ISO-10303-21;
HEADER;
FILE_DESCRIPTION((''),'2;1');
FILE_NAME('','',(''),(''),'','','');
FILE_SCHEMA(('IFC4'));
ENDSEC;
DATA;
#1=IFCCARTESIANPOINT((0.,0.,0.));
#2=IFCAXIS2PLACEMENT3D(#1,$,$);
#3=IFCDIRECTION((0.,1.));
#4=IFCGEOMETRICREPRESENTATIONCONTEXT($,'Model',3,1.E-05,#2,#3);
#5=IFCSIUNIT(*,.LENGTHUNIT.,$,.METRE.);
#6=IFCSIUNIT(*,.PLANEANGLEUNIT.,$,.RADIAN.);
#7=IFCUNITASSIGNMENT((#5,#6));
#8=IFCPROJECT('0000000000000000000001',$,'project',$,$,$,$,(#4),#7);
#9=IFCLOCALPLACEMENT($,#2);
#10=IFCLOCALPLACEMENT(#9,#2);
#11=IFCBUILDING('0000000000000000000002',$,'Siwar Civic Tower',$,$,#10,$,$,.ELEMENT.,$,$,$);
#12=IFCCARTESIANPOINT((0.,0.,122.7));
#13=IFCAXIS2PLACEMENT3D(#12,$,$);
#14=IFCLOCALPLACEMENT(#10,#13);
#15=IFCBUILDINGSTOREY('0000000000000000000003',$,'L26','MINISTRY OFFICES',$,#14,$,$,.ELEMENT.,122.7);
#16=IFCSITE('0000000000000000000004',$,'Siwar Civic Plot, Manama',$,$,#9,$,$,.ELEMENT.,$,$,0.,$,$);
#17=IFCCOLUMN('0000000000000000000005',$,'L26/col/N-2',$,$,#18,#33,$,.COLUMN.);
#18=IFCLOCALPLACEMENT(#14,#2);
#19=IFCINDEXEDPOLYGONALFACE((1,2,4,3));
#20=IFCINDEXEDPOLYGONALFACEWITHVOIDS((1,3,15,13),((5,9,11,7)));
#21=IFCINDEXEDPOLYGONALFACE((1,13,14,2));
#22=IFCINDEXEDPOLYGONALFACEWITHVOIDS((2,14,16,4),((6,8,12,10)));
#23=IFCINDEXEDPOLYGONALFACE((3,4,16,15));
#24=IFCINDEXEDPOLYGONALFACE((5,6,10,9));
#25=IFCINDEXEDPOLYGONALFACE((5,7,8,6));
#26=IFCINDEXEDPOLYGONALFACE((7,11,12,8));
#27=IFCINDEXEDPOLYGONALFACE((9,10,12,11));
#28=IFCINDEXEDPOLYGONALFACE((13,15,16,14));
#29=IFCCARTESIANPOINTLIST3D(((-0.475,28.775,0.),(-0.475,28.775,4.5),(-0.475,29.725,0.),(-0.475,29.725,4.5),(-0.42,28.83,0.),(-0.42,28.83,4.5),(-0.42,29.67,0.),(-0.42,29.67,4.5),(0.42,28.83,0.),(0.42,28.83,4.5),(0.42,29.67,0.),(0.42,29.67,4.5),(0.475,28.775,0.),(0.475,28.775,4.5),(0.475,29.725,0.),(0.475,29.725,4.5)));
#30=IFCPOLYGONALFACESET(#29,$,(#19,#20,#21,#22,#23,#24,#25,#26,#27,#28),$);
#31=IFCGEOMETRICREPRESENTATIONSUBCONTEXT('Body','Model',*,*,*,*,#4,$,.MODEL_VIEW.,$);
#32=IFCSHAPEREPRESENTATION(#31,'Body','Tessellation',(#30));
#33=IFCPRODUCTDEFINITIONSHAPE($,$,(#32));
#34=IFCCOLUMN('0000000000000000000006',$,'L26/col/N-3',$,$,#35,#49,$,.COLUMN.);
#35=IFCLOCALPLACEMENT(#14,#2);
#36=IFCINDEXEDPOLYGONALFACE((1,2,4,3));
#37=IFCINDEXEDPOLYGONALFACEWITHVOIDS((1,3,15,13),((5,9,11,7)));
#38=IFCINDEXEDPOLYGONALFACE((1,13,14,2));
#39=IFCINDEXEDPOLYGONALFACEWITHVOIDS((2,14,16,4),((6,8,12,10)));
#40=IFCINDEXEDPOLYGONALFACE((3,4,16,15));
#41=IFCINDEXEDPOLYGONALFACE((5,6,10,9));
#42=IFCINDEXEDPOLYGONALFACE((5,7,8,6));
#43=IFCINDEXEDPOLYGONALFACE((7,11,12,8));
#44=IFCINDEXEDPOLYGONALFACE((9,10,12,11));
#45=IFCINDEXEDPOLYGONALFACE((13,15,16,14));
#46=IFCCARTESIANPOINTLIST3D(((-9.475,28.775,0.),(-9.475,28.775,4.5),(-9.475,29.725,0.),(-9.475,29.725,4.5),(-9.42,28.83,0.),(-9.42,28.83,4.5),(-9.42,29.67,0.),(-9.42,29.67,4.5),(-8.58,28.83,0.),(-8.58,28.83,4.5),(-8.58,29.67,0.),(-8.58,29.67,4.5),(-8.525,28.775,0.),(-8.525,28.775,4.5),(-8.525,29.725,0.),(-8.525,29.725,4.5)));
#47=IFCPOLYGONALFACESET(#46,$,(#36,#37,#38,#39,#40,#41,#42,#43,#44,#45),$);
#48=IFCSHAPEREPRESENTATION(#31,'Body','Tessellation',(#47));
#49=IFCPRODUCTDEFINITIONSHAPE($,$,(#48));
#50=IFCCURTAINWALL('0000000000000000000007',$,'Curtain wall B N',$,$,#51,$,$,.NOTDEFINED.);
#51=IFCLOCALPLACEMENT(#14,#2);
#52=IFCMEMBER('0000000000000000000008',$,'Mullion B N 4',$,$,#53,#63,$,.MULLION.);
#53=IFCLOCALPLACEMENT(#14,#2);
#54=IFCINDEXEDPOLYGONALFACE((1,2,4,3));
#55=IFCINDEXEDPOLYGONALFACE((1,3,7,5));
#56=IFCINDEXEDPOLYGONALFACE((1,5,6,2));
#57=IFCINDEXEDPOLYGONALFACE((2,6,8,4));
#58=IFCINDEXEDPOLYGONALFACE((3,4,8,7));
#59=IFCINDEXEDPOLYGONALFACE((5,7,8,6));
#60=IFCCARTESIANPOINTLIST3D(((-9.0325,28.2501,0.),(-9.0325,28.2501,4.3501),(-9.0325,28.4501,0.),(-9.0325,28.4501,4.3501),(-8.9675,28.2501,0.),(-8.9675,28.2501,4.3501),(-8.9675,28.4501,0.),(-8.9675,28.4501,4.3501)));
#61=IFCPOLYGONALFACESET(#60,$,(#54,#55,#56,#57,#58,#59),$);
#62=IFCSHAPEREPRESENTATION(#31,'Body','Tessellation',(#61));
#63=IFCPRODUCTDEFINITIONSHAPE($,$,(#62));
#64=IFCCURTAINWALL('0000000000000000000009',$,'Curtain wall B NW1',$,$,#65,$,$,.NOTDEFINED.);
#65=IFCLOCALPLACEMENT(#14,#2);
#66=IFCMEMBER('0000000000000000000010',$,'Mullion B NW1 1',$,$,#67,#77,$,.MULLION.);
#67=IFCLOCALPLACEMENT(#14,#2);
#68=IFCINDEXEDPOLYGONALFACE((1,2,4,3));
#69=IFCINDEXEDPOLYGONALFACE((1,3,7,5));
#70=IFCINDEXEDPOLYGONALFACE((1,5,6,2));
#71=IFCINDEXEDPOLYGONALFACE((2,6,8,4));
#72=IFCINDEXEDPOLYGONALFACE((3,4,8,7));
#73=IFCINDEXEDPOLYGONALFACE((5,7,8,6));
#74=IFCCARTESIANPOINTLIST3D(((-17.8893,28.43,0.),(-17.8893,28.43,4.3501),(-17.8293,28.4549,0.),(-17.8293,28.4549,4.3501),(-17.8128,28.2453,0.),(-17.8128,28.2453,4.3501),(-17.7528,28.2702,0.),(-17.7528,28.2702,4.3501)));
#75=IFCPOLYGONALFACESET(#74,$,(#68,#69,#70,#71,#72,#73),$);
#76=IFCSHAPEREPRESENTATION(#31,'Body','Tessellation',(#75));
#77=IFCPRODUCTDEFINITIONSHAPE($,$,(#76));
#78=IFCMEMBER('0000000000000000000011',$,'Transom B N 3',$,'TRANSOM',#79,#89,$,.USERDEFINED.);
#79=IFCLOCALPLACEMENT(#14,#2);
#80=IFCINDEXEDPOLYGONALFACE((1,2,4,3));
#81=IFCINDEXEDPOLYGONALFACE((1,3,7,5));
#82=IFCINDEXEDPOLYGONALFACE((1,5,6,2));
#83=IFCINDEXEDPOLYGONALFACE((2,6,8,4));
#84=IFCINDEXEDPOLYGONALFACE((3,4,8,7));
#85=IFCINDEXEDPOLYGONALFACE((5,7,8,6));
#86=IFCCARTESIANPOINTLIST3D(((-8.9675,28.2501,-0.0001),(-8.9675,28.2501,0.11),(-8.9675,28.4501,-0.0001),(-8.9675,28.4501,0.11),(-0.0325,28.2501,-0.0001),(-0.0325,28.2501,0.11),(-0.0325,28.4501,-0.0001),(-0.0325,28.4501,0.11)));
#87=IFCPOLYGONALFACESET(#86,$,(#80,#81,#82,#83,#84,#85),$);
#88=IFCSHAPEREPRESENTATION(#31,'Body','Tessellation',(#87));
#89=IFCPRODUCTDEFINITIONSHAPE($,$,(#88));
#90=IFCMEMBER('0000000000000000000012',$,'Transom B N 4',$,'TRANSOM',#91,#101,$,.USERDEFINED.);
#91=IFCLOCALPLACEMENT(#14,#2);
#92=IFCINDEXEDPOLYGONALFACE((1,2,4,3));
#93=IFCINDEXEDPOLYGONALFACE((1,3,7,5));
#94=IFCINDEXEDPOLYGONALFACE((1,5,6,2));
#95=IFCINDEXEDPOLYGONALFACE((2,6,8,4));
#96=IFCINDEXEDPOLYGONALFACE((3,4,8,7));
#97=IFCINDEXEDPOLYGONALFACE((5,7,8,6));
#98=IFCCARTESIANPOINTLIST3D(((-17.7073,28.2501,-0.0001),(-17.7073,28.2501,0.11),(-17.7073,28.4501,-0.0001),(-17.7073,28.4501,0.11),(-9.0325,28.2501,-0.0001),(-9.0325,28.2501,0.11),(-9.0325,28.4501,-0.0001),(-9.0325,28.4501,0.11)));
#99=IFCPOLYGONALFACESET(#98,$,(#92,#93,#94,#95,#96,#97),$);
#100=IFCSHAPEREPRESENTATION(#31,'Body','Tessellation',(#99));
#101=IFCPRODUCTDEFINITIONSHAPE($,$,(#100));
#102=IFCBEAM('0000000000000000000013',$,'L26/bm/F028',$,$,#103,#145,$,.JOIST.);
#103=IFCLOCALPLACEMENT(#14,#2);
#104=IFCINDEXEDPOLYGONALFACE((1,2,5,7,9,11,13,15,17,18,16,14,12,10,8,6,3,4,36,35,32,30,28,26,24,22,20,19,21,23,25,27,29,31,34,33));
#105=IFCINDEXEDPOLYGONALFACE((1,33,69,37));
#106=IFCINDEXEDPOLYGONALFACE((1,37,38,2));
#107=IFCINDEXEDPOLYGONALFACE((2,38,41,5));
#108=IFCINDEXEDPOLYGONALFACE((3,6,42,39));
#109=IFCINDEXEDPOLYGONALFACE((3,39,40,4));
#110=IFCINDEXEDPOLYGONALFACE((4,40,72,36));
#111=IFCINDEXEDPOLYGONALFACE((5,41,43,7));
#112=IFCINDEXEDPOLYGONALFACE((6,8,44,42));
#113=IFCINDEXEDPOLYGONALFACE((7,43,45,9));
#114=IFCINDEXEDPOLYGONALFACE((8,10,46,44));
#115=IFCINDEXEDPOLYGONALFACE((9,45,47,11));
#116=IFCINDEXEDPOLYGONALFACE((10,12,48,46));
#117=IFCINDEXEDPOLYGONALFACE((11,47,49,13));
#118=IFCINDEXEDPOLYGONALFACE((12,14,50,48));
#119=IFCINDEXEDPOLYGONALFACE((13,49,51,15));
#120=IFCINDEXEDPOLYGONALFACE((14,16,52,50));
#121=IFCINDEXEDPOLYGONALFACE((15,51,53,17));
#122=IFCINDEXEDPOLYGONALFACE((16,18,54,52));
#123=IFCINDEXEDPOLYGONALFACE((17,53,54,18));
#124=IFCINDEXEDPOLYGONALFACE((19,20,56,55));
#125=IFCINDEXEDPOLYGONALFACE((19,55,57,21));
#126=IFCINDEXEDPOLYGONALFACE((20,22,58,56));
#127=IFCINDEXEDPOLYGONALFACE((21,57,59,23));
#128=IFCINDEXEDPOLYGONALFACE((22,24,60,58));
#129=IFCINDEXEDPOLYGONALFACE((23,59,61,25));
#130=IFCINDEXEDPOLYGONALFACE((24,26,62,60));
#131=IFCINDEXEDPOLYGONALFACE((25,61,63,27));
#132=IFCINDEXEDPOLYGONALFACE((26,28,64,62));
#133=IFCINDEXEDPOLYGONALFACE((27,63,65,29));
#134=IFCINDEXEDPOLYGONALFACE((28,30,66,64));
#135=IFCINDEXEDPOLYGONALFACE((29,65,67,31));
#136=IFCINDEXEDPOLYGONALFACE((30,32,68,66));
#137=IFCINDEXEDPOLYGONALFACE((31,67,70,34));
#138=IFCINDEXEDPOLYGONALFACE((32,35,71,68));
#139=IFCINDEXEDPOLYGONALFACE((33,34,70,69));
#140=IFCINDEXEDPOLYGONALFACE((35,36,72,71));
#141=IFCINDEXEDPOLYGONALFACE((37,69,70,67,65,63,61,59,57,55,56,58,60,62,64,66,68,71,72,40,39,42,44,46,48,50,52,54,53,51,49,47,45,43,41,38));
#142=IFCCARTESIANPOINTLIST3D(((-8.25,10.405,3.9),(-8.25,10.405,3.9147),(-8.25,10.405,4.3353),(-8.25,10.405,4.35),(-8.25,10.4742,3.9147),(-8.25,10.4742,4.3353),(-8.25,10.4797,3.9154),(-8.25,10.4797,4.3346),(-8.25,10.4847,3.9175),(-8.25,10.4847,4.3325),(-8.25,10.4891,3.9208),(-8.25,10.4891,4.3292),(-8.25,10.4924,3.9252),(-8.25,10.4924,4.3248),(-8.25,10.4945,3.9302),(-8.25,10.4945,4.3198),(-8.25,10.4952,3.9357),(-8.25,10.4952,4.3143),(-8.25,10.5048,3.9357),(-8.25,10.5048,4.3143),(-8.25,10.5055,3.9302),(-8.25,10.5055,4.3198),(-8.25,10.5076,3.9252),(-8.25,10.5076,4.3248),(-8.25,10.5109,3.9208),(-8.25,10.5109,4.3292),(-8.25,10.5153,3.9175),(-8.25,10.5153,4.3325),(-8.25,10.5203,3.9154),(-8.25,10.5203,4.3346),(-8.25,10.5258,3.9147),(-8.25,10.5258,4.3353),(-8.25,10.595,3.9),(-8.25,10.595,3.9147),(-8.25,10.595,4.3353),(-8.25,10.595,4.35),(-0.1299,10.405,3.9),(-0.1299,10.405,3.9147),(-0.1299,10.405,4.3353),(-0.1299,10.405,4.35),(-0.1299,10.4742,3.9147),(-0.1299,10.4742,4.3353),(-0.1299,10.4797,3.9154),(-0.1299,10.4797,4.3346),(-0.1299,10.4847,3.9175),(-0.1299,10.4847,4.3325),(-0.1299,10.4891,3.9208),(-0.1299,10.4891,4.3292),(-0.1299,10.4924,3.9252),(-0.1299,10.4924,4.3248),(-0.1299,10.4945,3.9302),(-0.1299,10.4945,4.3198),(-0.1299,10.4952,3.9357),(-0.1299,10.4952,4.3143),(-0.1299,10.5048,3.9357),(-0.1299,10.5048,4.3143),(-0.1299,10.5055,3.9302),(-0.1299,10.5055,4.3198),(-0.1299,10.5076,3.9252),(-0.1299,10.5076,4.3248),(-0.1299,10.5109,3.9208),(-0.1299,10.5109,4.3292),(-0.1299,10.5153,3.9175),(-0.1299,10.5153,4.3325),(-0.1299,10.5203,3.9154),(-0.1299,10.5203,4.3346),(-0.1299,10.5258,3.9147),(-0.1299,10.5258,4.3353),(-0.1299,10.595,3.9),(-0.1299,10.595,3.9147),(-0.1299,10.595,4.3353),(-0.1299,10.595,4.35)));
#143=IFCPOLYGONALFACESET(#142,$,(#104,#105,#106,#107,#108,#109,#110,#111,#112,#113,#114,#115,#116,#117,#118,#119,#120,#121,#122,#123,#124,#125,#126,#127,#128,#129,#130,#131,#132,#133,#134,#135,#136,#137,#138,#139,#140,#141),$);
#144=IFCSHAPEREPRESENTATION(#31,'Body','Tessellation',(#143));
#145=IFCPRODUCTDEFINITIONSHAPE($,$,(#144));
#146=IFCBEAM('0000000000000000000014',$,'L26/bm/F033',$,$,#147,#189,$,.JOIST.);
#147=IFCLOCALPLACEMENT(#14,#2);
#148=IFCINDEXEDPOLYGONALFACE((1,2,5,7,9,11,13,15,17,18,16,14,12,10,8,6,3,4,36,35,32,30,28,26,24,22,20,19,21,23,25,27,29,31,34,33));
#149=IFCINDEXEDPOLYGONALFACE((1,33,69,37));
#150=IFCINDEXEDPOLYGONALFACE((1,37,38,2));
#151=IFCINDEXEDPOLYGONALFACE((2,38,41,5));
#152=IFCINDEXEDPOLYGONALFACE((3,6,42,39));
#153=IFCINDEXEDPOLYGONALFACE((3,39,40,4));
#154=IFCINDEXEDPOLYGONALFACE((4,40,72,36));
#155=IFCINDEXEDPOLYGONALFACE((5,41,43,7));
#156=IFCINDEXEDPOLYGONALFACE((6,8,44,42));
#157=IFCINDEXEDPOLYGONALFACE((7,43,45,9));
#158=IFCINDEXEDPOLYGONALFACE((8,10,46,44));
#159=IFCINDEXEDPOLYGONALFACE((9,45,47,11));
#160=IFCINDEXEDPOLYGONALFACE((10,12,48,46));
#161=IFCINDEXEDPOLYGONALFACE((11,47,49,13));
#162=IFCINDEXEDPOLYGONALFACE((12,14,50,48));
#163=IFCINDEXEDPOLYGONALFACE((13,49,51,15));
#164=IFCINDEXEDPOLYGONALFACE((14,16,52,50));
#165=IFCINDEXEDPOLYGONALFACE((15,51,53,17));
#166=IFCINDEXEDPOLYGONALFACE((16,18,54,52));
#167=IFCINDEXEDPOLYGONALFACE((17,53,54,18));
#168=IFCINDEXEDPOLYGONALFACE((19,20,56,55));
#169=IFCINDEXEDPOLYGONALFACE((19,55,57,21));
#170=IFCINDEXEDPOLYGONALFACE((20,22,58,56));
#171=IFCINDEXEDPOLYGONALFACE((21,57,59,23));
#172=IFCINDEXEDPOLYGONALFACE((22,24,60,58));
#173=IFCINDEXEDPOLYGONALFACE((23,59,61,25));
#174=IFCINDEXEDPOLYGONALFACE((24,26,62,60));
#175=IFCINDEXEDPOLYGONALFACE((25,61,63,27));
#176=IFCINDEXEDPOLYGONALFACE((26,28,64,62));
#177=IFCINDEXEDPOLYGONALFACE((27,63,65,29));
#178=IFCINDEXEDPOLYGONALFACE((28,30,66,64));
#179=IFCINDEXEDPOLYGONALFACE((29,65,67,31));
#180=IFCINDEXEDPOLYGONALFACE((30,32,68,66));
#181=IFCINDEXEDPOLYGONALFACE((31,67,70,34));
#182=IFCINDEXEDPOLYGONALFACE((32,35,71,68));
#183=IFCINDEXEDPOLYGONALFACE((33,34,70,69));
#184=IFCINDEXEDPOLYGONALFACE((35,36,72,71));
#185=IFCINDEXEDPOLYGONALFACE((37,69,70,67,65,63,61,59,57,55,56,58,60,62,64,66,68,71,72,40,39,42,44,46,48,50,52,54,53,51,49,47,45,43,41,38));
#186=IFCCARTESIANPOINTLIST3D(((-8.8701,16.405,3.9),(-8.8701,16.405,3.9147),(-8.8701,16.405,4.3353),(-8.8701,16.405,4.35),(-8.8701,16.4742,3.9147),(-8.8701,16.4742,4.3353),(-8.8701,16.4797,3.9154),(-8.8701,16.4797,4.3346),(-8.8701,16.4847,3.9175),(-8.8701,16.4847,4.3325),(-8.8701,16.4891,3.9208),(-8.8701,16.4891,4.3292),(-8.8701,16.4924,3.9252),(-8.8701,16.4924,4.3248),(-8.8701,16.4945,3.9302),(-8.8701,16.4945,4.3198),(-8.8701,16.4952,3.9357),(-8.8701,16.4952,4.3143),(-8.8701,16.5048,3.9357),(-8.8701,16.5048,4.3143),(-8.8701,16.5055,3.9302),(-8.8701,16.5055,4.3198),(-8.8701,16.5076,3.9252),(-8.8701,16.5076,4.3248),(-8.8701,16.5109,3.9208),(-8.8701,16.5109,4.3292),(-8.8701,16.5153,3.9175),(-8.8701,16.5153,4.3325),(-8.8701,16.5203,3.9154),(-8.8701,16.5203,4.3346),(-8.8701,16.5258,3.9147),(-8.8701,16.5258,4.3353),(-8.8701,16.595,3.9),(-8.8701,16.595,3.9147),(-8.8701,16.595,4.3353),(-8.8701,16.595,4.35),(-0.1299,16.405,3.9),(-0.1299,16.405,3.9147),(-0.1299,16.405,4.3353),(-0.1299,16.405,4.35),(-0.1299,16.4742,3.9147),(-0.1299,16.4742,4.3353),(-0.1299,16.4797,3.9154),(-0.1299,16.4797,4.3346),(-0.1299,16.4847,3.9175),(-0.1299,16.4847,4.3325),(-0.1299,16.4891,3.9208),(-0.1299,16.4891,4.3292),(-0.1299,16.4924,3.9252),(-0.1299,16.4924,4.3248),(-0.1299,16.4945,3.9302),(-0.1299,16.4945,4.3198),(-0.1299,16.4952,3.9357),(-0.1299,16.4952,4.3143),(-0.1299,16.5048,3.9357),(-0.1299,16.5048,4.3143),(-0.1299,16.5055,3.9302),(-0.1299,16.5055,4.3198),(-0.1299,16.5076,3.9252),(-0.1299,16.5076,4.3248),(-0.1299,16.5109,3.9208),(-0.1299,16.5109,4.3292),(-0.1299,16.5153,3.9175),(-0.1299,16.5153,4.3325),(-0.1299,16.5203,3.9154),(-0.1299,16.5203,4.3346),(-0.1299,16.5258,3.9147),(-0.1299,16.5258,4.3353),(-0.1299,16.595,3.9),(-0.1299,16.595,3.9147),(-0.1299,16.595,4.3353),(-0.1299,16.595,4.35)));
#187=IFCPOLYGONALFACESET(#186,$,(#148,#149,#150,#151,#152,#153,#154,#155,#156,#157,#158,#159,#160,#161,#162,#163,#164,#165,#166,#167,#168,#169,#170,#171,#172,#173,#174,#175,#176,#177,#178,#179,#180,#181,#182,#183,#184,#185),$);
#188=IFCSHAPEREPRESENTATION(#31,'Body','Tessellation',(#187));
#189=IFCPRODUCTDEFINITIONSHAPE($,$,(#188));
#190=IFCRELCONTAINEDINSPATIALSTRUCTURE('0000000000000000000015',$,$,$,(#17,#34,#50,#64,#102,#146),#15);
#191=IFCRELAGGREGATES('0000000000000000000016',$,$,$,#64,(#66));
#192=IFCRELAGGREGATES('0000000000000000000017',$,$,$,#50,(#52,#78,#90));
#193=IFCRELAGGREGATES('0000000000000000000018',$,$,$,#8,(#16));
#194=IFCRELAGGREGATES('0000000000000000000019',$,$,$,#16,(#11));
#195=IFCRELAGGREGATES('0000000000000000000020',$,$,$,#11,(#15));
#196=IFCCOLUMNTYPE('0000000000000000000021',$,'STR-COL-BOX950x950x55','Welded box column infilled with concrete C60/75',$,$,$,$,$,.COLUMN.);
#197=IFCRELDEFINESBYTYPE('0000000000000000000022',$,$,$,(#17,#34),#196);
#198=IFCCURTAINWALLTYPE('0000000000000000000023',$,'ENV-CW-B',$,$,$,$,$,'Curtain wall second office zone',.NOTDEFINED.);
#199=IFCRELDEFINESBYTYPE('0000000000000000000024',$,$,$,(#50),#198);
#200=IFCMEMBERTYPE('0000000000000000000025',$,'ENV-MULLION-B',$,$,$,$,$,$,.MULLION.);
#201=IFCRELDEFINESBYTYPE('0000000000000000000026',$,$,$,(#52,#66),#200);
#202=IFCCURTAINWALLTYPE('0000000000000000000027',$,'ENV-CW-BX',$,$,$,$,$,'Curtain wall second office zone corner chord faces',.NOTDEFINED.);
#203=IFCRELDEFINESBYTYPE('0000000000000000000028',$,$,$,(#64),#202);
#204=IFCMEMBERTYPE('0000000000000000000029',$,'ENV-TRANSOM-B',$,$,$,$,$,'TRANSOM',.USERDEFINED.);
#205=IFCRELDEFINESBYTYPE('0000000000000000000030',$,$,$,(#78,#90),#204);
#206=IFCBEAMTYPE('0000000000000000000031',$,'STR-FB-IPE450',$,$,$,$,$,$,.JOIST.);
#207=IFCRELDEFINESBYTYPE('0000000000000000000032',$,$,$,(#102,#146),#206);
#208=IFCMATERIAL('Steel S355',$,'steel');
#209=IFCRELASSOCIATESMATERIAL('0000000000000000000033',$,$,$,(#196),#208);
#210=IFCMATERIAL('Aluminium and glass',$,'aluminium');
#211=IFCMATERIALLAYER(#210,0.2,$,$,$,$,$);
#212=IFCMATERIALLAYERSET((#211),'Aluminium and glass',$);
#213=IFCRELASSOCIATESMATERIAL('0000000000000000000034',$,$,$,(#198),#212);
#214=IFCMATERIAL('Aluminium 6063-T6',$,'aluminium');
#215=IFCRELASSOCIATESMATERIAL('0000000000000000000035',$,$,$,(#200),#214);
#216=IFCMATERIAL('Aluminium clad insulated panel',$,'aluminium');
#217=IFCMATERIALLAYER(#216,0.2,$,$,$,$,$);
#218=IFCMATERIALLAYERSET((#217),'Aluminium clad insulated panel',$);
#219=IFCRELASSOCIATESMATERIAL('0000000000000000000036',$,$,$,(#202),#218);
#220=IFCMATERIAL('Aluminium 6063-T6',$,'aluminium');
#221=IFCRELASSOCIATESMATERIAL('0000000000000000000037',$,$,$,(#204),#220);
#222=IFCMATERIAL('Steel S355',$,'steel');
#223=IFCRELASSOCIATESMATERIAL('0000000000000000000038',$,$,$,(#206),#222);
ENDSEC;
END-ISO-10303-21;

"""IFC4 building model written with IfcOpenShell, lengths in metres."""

from ifc_helpers import new_model, si_unit, direction, frame, origin, origin_2d, place, context, subcontext, project, spatial, rectangle, hollow_rectangle, i_section, extrude, material, layer, layer_set, material_profile, profile_set, type_object, element, aggregate, save


model = new_model("IFC4")

# Units and contexts
model_context = context("Model", 3, precision=1e-05, world=origin(), true_north=direction((0.0, 1.0)))
body_context = subcontext(model_context, "Body", "Model", "MODEL_VIEW")
ifc_project = project(units=[si_unit("LENGTHUNIT", "METRE"), si_unit("PLANEANGLEUNIT", "RADIAN")], contexts=[model_context])

# Site, building, storey
site_placement = place(None, origin())
site = spatial("IfcSite", under=ifc_project, at=site_placement, Name="Siwar Civic Plot, Manama", CompositionType="ELEMENT", RefElevation=0.0)
building_placement = place(site_placement, origin())
building = spatial("IfcBuilding", under=site, at=building_placement, Name="Siwar Civic Tower", CompositionType="ELEMENT")
storey_placement = place(building_placement, frame((0.0, 0.0, 122.7)))
storey = spatial("IfcBuildingStorey", under=building, at=storey_placement, Name="L26", Description="MINISTRY OFFICES", CompositionType="ELEMENT", Elevation=122.7)

# Columns
ifc_material_1 = material(Name="Steel S355", Category="steel")
ifc_material_profile_1 = material_profile(ifc_material_1, hollow_rectangle(XDim=0.95, YDim=0.95, WallThickness=0.0549, at=origin_2d()), Name="BOX950x950x55")
ifc_profile_set_1 = profile_set([ifc_material_profile_1], Name="Steel S355")
column_type = type_object("IfcColumnType", Name="STR-COL-BOX950x950x55", Description="Welded box column infilled with concrete C60/75", PredefinedType="COLUMN", material=ifc_profile_set_1)
for number, where, z_axis, x_axis, name in (
    (1, (0.0, 29.25, 0.0), (0.0, 0.0, 1.0), (1.0, 0.0, 0.0), "L26/col/N-2"),
    (2, (-9.0, 29.25, 0.0), (0.0, 0.0, 1.0), (1.0, 0.0, 0.0), "L26/col/N-3"),
):
    element("IfcColumn", number, at=place(storey_placement, frame(where, z_axis=z_axis, x_axis=x_axis)), inside=storey, type_object=column_type, Name=name, PredefinedType="COLUMN", context=body_context, shape_type="SweptSolid", body=[
        extrude(hollow_rectangle(XDim=0.95, YDim=0.95, WallThickness=0.0549, at=origin_2d()), origin(), (0.0, 0.0, 1.0), 4.5),
    ])

# Curtain walls, members
ifc_material_2 = material(Name="Aluminium and glass", Category="aluminium")
ifc_layer_1 = layer(ifc_material_2, 0.2)
ifc_layer_set_1 = layer_set([ifc_layer_1], Name="Aluminium and glass")
curtain_wall_type_1 = type_object("IfcCurtainWallType", Name="ENV-CW-B", ElementType="Curtain wall second office zone", PredefinedType="NOTDEFINED", material=ifc_layer_set_1)
curtain_wall_1_placement = place(storey_placement, origin())
curtain_wall_1 = element("IfcCurtainWall", 3, at=curtain_wall_1_placement, inside=storey, type_object=curtain_wall_type_1, Name="Curtain wall B N", PredefinedType="NOTDEFINED")
ifc_material_3 = material(Name="Aluminium 6063-T6", Category="aluminium")
ifc_material_profile_2 = material_profile(ifc_material_3, rectangle(XDim=0.2, YDim=0.0649, at=origin_2d()), Name="AL 200x65")
ifc_profile_set_2 = profile_set([ifc_material_profile_2], Name="Aluminium 6063-T6")
member_type_1 = type_object("IfcMemberType", Name="ENV-MULLION-B", PredefinedType="MULLION", material=ifc_profile_set_2)
member_1_placement = place(storey_placement, frame((-9.0, 28.3501, 0.0), z_axis=(0.0, 0.0, 1.0), x_axis=(0.0, -1.0, 0.0)))
member_1 = element("IfcMember", 4, at=member_1_placement, type_object=member_type_1, Name="Mullion B N 4", PredefinedType="MULLION", context=body_context, shape_type="SweptSolid", body=[
    extrude(rectangle(XDim=0.2, YDim=0.0649, at=origin_2d()), origin(), (0.0, 0.0, 1.0), 4.3501),
])
ifc_material_4 = material(Name="Aluminium clad insulated panel", Category="aluminium")
ifc_layer_2 = layer(ifc_material_4, 0.2)
ifc_layer_set_2 = layer_set([ifc_layer_2], Name="Aluminium clad insulated panel")
curtain_wall_type_2 = type_object("IfcCurtainWallType", Name="ENV-CW-BX", ElementType="Curtain wall second office zone corner chord faces", PredefinedType="NOTDEFINED", material=ifc_layer_set_2)
curtain_wall_2_placement = place(storey_placement, origin())
curtain_wall_2 = element("IfcCurtainWall", 5, at=curtain_wall_2_placement, inside=storey, type_object=curtain_wall_type_2, Name="Curtain wall B NW1", PredefinedType="NOTDEFINED")
member_2_placement = place(storey_placement, frame((-17.821, 28.3501, 0.0), z_axis=(0.0, 0.0, 1.0), x_axis=(0.382683, -0.92388, 0.0)))
member_2 = element("IfcMember", 6, at=member_2_placement, type_object=member_type_1, Name="Mullion B NW1 1", PredefinedType="MULLION", context=body_context, shape_type="SweptSolid", body=[
    extrude(rectangle(XDim=0.2, YDim=0.0649, at=origin_2d()), origin(), (0.0, 0.0, 1.0), 4.3501),
])
aggregate(curtain_wall_2, [member_2])

# Members
ifc_material_5 = material(Name="Aluminium 6063-T6", Category="aluminium")
ifc_material_profile_3 = material_profile(ifc_material_5, rectangle(XDim=0.2, YDim=0.1101, at=origin_2d()), Name="AL 200x110")
ifc_profile_set_3 = profile_set([ifc_material_profile_3], Name="Aluminium 6063-T6")
member_type_2 = type_object("IfcMemberType", Name="ENV-TRANSOM-B", ElementType="TRANSOM", PredefinedType="USERDEFINED", material=ifc_profile_set_3)
member_3_placement = place(storey_placement, frame((-0.0325, 28.3501, 0.0549), z_axis=(-1.0, 0.0, 0.0), x_axis=(0.0, -1.0, 0.0)))
member_3 = element("IfcMember", 7, at=member_3_placement, type_object=member_type_2, Name="Transom B N 3", ObjectType="TRANSOM", PredefinedType="USERDEFINED", context=body_context, shape_type="SweptSolid", body=[
    extrude(rectangle(XDim=0.2, YDim=0.1101, at=origin_2d()), origin(), (0.0, 0.0, 1.0), 8.9351),
])
member_4_placement = place(storey_placement, frame((-9.0325, 28.3501, 0.0549), z_axis=(-1.0, 0.0, 0.0), x_axis=(0.0, -1.0, 0.0)))
member_4 = element("IfcMember", 8, at=member_4_placement, type_object=member_type_2, Name="Transom B N 4", ObjectType="TRANSOM", PredefinedType="USERDEFINED", context=body_context, shape_type="SweptSolid", body=[
    extrude(rectangle(XDim=0.2, YDim=0.1101, at=origin_2d()), origin(), (0.0, 0.0, 1.0), 8.6748),
])

# Beams
ifc_material_6 = material(Name="Steel S355", Category="steel")
ifc_material_profile_4 = material_profile(ifc_material_6, i_section(OverallWidth=0.1899, OverallDepth=0.45, WebThickness=0.0095, FlangeThickness=0.0146, FilletRadius=0.021, at=origin_2d()), Name="IPE450")
ifc_profile_set_4 = profile_set([ifc_material_profile_4], Name="Steel S355")
beam_type_1 = type_object("IfcBeamType", Name="STR-FB-IPE450", PredefinedType="JOIST", material=ifc_profile_set_4)
beam_1_placement = place(storey_placement, frame((-8.25, 10.5, 4.125), z_axis=(1.0, 0.0, 0.0), x_axis=(0.0, 1.0, 0.0)))
element("IfcBeam", 9, at=beam_1_placement, inside=storey, type_object=beam_type_1, Name="L26/bm/F028", PredefinedType="JOIST", context=body_context, shape_type="SweptSolid", body=[
    extrude(i_section(OverallWidth=0.1899, OverallDepth=0.45, WebThickness=0.0095, FlangeThickness=0.0146, FilletRadius=0.021, at=origin_2d()), origin(), (0.0, 0.0, 1.0), 8.1201),
])
for number, where, z_axis, x_axis, name in (
    (10, (-8.8701, 16.5, 4.125), (1.0, 0.0, 0.0), (0.0, 1.0, 0.0), "L26/bm/F033"),
):
    element("IfcBeam", number, at=place(storey_placement, frame(where, z_axis=z_axis, x_axis=x_axis)), inside=storey, type_object=beam_type_1, Name=name, PredefinedType="JOIST", context=body_context, shape_type="SweptSolid", body=[
        extrude(i_section(OverallWidth=0.1899, OverallDepth=0.45, WebThickness=0.0095, FlangeThickness=0.0146, FilletRadius=0.021, at=origin_2d()), origin(), (0.0, 0.0, 1.0), 8.7402),
    ])

aggregate(curtain_wall_1, [member_1, member_3, member_4])

save(model, "model.ifc")
